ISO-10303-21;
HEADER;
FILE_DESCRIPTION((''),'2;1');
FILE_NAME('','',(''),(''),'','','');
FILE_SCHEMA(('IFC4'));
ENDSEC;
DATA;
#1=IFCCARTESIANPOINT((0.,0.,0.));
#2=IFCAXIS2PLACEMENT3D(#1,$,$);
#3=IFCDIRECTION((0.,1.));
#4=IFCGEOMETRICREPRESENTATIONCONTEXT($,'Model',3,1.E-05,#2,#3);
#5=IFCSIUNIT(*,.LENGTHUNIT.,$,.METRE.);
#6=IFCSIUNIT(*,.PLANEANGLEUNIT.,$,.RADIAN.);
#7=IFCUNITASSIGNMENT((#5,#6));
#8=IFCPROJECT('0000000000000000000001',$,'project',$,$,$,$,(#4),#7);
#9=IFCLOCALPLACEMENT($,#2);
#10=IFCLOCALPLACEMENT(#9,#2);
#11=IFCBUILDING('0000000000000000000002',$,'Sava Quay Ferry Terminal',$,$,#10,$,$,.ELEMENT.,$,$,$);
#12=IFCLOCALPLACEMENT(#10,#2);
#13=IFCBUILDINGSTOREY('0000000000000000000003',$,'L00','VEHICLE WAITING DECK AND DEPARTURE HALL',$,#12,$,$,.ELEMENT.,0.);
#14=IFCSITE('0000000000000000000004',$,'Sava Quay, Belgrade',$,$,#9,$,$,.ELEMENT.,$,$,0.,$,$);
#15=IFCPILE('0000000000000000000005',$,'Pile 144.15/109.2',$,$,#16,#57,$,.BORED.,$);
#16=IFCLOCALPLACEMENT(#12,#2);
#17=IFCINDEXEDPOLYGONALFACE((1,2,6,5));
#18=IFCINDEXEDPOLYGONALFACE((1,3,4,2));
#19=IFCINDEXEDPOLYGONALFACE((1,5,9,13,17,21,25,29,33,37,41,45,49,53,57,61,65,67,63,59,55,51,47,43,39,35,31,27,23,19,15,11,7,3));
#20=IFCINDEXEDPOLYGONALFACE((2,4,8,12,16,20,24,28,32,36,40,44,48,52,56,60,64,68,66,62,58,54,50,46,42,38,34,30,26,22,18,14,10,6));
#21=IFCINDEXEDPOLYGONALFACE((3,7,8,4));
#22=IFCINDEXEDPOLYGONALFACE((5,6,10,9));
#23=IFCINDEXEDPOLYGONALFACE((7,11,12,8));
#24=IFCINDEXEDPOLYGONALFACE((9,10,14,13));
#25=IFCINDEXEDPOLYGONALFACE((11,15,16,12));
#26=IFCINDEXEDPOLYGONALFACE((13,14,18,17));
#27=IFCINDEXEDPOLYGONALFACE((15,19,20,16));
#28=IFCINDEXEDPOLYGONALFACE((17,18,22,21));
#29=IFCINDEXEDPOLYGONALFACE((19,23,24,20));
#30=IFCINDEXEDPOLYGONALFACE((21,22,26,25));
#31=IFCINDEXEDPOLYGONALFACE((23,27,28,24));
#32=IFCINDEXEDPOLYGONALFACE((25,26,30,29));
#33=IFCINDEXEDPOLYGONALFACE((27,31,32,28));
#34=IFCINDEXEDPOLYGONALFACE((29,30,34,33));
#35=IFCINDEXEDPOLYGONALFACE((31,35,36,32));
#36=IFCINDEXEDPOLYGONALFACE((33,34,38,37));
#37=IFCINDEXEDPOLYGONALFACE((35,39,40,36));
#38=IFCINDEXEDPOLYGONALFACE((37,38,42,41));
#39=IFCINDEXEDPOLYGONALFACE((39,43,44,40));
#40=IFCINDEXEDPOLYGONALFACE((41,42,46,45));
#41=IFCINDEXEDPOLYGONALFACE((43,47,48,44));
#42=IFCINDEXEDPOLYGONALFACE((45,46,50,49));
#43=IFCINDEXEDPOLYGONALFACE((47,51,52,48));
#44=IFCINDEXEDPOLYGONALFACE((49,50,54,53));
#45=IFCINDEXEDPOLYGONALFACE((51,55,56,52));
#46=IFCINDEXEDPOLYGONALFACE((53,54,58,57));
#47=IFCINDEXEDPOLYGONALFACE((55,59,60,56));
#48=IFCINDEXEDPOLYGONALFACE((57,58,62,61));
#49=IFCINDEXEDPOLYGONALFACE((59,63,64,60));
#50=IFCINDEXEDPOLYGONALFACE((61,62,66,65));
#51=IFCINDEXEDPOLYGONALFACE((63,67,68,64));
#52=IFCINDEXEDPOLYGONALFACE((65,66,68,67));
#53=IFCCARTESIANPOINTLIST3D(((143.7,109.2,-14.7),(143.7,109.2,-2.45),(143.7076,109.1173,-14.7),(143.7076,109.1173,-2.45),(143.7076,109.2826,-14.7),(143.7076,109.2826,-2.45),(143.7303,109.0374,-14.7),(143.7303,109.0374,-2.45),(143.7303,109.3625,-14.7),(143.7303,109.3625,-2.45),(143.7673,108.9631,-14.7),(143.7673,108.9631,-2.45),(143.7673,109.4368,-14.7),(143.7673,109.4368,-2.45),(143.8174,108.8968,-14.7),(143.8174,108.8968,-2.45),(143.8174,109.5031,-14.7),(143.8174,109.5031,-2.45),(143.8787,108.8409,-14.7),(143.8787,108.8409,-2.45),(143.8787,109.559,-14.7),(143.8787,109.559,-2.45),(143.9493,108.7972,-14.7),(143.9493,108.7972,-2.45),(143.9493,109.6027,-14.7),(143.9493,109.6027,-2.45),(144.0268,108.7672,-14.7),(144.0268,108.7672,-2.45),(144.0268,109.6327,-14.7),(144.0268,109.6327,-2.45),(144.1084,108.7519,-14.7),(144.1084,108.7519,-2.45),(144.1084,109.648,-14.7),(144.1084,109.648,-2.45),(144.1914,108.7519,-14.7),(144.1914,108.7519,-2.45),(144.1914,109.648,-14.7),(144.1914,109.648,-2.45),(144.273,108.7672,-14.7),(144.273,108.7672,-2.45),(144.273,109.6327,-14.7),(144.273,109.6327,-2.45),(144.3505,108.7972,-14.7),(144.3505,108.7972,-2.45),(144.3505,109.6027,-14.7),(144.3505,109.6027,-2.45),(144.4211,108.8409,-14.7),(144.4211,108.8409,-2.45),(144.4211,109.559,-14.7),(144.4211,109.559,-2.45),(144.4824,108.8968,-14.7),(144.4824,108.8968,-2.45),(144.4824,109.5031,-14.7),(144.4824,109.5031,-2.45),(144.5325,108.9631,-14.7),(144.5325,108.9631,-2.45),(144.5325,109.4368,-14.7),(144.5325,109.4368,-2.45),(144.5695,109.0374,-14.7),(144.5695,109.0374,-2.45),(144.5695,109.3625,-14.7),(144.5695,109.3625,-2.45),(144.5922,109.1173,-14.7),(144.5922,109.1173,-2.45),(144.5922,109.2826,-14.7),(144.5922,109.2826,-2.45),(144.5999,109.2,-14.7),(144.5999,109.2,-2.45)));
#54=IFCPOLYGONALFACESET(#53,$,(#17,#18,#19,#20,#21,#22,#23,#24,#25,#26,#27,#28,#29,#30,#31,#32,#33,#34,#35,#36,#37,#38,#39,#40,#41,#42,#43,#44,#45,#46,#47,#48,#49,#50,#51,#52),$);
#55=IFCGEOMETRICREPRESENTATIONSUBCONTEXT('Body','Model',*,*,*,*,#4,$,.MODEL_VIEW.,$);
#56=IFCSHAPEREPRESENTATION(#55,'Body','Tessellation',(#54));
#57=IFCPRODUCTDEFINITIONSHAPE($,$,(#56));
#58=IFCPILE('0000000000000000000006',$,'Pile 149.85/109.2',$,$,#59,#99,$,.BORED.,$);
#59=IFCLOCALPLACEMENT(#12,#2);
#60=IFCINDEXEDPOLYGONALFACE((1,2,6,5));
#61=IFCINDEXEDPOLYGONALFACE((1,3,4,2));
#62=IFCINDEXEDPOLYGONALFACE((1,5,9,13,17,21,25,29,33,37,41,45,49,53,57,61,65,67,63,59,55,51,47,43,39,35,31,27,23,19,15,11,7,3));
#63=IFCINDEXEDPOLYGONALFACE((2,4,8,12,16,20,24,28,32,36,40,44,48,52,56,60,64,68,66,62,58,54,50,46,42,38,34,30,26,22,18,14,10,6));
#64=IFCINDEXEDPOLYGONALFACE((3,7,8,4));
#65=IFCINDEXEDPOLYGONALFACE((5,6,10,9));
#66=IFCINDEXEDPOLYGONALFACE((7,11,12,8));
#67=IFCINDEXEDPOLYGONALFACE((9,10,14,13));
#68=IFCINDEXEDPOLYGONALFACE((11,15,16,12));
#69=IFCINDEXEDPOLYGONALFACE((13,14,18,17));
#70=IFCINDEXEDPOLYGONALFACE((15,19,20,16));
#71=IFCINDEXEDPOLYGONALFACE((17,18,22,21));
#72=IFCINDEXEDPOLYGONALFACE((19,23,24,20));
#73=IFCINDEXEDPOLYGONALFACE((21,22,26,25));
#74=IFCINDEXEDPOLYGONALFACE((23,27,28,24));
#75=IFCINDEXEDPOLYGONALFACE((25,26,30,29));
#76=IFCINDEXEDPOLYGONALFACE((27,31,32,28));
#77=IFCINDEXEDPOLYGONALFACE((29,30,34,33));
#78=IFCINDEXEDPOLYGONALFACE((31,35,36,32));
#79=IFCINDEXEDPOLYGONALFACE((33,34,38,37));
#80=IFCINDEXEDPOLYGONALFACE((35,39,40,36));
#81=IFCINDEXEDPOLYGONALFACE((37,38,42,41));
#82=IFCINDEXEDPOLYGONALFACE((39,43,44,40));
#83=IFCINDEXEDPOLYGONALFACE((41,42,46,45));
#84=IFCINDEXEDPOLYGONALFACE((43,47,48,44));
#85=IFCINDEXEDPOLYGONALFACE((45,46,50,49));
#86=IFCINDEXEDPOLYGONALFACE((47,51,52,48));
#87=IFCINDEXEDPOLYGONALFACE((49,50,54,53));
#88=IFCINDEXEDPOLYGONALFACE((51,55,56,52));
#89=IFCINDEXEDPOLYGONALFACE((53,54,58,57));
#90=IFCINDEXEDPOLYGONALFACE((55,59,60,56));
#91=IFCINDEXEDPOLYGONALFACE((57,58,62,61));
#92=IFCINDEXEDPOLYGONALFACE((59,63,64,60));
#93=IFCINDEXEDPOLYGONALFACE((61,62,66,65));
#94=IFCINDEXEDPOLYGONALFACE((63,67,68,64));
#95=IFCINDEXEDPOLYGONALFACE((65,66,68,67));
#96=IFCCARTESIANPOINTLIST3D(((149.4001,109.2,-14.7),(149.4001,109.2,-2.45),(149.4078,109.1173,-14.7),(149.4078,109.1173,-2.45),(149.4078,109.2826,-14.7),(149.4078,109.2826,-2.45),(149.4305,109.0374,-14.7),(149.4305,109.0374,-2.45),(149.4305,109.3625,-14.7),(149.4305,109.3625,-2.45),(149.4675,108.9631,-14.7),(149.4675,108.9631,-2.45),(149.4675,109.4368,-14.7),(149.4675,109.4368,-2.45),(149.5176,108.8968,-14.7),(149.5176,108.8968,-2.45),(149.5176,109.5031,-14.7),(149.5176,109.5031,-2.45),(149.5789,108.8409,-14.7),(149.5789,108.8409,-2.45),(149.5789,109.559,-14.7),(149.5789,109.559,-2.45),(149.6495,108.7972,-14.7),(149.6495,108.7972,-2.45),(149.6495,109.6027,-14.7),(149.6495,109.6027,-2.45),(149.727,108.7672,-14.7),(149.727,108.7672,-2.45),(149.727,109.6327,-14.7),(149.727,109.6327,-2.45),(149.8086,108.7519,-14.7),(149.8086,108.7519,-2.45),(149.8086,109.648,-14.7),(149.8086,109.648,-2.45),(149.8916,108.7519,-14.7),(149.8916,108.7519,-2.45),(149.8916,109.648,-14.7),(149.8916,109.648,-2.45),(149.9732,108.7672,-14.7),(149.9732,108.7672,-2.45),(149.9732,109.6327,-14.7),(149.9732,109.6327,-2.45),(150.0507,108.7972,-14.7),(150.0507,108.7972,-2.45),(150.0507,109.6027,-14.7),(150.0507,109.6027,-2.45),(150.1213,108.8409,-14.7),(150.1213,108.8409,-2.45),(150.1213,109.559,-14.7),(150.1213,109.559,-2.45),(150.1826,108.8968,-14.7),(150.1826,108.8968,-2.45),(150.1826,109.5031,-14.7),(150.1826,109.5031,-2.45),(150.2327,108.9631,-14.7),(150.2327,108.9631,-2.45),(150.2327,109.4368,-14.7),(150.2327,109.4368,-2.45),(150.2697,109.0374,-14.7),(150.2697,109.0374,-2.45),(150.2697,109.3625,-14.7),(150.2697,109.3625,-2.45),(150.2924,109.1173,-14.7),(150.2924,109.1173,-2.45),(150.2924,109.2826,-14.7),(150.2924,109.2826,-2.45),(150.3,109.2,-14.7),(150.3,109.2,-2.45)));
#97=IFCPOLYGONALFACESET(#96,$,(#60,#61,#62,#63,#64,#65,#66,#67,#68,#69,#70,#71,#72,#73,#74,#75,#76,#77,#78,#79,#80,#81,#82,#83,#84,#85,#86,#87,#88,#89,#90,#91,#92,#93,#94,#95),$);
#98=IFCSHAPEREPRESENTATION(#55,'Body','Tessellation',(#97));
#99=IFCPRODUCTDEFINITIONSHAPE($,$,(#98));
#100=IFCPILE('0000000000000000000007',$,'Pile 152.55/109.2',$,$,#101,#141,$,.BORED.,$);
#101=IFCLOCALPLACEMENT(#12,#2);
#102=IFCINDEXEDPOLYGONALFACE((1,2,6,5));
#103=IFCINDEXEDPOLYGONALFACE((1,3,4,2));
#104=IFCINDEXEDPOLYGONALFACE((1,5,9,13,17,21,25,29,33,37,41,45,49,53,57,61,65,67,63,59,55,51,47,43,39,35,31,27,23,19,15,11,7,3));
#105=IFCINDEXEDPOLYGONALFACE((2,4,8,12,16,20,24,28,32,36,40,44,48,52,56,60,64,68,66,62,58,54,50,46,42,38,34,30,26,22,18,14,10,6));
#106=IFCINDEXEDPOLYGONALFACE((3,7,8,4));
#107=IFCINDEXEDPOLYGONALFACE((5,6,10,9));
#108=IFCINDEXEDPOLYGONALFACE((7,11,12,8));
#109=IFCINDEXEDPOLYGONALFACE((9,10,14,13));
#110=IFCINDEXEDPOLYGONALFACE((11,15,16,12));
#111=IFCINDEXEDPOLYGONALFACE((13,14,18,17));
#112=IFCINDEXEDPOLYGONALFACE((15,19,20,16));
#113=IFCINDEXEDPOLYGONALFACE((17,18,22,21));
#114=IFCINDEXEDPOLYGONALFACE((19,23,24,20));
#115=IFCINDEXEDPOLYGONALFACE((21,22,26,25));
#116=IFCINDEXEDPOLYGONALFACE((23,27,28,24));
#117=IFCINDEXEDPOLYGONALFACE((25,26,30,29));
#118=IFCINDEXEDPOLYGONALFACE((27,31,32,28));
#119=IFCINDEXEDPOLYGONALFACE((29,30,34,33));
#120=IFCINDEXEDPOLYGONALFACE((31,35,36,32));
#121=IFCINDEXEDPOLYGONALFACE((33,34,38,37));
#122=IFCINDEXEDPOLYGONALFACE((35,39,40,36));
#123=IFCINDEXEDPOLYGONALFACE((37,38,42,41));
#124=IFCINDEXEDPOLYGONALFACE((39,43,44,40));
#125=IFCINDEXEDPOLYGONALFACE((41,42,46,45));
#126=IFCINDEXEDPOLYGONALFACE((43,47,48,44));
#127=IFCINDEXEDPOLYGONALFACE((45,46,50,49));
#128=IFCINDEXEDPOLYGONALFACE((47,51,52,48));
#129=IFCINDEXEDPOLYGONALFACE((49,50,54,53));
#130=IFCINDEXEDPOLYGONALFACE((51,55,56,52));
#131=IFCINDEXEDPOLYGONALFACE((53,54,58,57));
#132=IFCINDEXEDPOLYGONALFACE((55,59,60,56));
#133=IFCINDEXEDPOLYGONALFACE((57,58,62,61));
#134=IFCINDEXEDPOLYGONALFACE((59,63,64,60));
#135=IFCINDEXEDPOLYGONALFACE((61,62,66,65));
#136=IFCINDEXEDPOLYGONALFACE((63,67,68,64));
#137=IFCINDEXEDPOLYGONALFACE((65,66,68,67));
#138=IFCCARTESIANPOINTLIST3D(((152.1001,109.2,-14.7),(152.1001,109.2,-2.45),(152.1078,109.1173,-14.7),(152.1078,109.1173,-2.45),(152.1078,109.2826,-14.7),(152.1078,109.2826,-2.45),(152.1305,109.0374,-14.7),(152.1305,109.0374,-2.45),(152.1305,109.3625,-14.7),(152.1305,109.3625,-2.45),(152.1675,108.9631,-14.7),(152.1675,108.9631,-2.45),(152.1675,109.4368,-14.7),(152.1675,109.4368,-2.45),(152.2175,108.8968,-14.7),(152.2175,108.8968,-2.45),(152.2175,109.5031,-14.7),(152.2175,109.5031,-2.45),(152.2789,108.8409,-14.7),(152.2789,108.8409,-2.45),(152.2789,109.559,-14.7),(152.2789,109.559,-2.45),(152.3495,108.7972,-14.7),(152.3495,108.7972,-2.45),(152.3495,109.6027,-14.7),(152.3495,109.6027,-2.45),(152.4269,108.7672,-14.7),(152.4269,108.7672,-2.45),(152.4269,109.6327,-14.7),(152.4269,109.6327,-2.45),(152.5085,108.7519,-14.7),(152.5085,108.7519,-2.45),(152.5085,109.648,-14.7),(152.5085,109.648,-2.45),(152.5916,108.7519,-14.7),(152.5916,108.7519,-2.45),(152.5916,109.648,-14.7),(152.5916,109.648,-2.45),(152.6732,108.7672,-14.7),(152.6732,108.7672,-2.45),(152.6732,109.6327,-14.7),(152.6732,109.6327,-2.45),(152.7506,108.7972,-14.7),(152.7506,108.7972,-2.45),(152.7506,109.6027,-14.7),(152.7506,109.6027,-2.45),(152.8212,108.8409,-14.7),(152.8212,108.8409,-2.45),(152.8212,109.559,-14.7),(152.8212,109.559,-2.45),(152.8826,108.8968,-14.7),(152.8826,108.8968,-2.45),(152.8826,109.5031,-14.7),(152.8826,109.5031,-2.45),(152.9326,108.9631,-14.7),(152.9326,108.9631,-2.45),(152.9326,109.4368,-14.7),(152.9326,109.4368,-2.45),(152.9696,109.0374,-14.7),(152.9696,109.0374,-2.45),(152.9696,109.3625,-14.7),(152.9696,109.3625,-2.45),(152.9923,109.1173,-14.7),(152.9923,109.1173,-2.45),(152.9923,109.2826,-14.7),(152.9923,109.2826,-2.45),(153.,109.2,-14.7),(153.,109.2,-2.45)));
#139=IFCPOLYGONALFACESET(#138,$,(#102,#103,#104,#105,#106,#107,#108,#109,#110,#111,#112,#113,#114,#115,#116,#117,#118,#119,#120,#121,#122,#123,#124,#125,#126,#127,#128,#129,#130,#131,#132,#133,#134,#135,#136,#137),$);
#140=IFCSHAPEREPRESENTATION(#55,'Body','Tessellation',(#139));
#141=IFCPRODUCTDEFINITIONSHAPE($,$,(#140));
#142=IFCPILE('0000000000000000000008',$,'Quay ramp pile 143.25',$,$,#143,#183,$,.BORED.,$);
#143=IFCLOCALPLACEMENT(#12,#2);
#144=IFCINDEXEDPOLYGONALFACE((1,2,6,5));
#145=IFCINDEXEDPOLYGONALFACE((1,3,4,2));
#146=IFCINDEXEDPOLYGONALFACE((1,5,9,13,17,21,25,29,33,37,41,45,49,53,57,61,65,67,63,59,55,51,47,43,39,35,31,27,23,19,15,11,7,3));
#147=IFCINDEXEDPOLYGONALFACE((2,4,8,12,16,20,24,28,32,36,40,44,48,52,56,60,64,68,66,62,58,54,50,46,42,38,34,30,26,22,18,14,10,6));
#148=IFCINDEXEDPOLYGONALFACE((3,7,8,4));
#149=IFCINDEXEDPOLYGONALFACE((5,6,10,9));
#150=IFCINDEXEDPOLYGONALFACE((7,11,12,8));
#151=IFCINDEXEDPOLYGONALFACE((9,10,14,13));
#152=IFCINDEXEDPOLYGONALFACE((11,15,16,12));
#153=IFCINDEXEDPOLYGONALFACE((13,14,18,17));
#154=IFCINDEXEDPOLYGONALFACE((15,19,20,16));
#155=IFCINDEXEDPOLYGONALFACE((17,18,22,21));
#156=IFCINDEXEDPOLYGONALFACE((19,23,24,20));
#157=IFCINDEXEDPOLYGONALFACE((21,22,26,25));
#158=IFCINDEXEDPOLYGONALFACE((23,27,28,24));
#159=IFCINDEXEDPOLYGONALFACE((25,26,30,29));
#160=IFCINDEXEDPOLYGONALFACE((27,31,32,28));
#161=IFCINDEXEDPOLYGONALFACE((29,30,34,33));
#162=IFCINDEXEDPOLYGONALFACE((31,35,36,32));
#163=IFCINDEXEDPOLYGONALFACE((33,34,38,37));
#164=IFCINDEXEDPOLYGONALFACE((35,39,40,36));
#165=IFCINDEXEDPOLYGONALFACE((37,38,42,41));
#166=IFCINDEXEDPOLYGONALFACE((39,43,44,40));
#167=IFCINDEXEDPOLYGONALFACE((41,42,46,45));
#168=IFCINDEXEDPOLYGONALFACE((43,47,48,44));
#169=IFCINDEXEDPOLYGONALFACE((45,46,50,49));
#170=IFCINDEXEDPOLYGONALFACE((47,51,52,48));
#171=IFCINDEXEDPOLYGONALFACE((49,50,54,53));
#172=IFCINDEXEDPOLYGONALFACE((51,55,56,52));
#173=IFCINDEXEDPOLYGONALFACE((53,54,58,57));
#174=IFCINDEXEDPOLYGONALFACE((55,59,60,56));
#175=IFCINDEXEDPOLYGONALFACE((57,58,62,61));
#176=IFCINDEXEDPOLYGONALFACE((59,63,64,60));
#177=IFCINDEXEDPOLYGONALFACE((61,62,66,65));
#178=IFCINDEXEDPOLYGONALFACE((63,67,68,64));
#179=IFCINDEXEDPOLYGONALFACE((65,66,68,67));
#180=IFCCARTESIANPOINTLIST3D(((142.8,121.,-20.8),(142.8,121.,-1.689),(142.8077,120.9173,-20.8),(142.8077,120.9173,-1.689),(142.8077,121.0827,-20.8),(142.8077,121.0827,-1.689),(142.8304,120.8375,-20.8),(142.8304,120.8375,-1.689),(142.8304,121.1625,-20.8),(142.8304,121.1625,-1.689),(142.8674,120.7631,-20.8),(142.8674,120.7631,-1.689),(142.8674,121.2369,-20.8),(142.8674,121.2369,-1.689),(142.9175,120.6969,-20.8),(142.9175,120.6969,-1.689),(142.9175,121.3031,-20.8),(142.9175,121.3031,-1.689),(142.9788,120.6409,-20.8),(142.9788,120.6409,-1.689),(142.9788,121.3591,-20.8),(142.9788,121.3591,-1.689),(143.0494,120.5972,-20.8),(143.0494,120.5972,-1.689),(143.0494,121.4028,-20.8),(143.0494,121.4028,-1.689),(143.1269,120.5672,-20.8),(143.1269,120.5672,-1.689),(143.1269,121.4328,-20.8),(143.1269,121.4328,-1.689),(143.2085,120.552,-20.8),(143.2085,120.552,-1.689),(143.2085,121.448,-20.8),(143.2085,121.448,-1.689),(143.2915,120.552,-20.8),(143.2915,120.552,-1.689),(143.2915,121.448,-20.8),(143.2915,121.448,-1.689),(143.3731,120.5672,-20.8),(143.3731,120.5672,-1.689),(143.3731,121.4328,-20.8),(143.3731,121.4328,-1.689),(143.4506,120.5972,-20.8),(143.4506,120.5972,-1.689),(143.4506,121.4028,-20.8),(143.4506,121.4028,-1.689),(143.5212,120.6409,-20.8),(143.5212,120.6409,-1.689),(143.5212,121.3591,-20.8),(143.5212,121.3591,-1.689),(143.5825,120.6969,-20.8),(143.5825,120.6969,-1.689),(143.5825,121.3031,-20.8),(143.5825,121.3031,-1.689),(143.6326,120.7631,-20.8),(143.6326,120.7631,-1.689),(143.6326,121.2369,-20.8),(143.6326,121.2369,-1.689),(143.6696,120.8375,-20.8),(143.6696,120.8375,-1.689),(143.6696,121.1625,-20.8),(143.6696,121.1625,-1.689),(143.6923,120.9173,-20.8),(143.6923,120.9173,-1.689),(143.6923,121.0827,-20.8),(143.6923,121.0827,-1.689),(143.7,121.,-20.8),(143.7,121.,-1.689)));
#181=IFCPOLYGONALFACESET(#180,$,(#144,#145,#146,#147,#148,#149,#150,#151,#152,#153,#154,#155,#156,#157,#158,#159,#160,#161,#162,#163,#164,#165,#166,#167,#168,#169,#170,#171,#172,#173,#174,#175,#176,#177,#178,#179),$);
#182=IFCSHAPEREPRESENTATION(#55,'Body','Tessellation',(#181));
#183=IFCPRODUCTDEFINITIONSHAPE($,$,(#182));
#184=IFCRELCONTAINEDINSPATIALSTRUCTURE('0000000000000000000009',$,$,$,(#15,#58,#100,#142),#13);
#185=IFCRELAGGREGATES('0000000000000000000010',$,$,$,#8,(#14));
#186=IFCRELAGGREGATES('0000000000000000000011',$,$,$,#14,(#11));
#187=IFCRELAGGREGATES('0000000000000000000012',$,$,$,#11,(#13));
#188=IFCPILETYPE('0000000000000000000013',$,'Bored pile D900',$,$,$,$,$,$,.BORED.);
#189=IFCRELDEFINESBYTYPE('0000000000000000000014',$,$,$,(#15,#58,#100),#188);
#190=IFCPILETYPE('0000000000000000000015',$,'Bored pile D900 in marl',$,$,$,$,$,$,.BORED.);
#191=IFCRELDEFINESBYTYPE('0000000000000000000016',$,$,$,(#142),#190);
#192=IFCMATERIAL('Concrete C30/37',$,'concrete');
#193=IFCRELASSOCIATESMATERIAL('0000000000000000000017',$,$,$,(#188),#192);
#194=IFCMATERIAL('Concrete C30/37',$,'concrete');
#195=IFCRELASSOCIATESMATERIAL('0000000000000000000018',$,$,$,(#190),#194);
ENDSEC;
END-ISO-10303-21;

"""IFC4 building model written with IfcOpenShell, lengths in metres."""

from ifc_helpers import new_model, si_unit, direction, frame, origin, origin_2d, place, context, subcontext, project, spatial, circle, extrude, material, material_profile, profile_set, type_object, element, save


model = new_model("IFC4")

# Units and contexts
model_context = context("Model", 3, precision=1e-05, world=origin(), true_north=direction((0.0, 1.0)))
body_context = subcontext(model_context, "Body", "Model", "MODEL_VIEW")
ifc_project = project(units=[si_unit("LENGTHUNIT", "METRE"), si_unit("PLANEANGLEUNIT", "RADIAN")], contexts=[model_context])

# Site, building, storey
site_placement = place(None, origin())
site = spatial("IfcSite", under=ifc_project, at=site_placement, Name="Sava Quay, Belgrade", CompositionType="ELEMENT", RefElevation=0.0)
building_placement = place(site_placement, origin())
building = spatial("IfcBuilding", under=site, at=building_placement, Name="Sava Quay Ferry Terminal", CompositionType="ELEMENT")
storey_placement = place(building_placement, origin())
storey = spatial("IfcBuildingStorey", under=building, at=storey_placement, Name="L00", Description="VEHICLE WAITING DECK AND DEPARTURE HALL", CompositionType="ELEMENT", Elevation=0.0)

# Piles
ifc_material_1 = material(Name="Concrete C30/37", Category="concrete")
ifc_material_profile_1 = material_profile(ifc_material_1, circle(Radius=0.45, at=origin_2d()), Name="Bored pile D900")
ifc_profile_set_1 = profile_set([ifc_material_profile_1], Name="Concrete C30/37")
pile_type_1 = type_object("IfcPileType", Name="Bored pile D900", PredefinedType="BORED", material=ifc_profile_set_1)
for number, where, z_axis, x_axis, name in (
    (1, (144.1499, 109.2, -2.45), (0.0, 0.0, -1.0), (1.0, 0.0, 0.0), "Pile 144.15/109.2"),
    (2, (149.8501, 109.2, -2.45), (0.0, 0.0, -1.0), (1.0, 0.0, 0.0), "Pile 149.85/109.2"),
    (3, (152.55, 109.2, -2.45), (0.0, 0.0, -1.0), (1.0, 0.0, 0.0), "Pile 152.55/109.2"),
):
    element("IfcPile", number, at=place(storey_placement, frame(where, z_axis=z_axis, x_axis=x_axis)), inside=storey, type_object=pile_type_1, Name=name, PredefinedType="BORED", context=body_context, shape_type="SweptSolid", body=[
        extrude(circle(Radius=0.45, at=origin_2d()), origin(), (0.0, 0.0, 1.0), 12.25),
    ])
ifc_material_2 = material(Name="Concrete C30/37", Category="concrete")
ifc_material_profile_2 = material_profile(ifc_material_2, circle(Radius=0.45, at=origin_2d()), Name="Bored pile D900 in marl")
ifc_profile_set_2 = profile_set([ifc_material_profile_2], Name="Concrete C30/37")
pile_type_2 = type_object("IfcPileType", Name="Bored pile D900 in marl", PredefinedType="BORED", material=ifc_profile_set_2)
pile_1_placement = place(storey_placement, frame((143.25, 121.0, -1.689), z_axis=(0.0, 0.0, -1.0), x_axis=(1.0, 0.0, 0.0)))
element("IfcPile", 4, at=pile_1_placement, inside=storey, type_object=pile_type_2, Name="Quay ramp pile 143.25", PredefinedType="BORED", context=body_context, shape_type="SweptSolid", body=[
    extrude(circle(Radius=0.45, at=origin_2d()), origin(), (0.0, 0.0, 1.0), 19.1111),
])

save(model, "model.ifc")
